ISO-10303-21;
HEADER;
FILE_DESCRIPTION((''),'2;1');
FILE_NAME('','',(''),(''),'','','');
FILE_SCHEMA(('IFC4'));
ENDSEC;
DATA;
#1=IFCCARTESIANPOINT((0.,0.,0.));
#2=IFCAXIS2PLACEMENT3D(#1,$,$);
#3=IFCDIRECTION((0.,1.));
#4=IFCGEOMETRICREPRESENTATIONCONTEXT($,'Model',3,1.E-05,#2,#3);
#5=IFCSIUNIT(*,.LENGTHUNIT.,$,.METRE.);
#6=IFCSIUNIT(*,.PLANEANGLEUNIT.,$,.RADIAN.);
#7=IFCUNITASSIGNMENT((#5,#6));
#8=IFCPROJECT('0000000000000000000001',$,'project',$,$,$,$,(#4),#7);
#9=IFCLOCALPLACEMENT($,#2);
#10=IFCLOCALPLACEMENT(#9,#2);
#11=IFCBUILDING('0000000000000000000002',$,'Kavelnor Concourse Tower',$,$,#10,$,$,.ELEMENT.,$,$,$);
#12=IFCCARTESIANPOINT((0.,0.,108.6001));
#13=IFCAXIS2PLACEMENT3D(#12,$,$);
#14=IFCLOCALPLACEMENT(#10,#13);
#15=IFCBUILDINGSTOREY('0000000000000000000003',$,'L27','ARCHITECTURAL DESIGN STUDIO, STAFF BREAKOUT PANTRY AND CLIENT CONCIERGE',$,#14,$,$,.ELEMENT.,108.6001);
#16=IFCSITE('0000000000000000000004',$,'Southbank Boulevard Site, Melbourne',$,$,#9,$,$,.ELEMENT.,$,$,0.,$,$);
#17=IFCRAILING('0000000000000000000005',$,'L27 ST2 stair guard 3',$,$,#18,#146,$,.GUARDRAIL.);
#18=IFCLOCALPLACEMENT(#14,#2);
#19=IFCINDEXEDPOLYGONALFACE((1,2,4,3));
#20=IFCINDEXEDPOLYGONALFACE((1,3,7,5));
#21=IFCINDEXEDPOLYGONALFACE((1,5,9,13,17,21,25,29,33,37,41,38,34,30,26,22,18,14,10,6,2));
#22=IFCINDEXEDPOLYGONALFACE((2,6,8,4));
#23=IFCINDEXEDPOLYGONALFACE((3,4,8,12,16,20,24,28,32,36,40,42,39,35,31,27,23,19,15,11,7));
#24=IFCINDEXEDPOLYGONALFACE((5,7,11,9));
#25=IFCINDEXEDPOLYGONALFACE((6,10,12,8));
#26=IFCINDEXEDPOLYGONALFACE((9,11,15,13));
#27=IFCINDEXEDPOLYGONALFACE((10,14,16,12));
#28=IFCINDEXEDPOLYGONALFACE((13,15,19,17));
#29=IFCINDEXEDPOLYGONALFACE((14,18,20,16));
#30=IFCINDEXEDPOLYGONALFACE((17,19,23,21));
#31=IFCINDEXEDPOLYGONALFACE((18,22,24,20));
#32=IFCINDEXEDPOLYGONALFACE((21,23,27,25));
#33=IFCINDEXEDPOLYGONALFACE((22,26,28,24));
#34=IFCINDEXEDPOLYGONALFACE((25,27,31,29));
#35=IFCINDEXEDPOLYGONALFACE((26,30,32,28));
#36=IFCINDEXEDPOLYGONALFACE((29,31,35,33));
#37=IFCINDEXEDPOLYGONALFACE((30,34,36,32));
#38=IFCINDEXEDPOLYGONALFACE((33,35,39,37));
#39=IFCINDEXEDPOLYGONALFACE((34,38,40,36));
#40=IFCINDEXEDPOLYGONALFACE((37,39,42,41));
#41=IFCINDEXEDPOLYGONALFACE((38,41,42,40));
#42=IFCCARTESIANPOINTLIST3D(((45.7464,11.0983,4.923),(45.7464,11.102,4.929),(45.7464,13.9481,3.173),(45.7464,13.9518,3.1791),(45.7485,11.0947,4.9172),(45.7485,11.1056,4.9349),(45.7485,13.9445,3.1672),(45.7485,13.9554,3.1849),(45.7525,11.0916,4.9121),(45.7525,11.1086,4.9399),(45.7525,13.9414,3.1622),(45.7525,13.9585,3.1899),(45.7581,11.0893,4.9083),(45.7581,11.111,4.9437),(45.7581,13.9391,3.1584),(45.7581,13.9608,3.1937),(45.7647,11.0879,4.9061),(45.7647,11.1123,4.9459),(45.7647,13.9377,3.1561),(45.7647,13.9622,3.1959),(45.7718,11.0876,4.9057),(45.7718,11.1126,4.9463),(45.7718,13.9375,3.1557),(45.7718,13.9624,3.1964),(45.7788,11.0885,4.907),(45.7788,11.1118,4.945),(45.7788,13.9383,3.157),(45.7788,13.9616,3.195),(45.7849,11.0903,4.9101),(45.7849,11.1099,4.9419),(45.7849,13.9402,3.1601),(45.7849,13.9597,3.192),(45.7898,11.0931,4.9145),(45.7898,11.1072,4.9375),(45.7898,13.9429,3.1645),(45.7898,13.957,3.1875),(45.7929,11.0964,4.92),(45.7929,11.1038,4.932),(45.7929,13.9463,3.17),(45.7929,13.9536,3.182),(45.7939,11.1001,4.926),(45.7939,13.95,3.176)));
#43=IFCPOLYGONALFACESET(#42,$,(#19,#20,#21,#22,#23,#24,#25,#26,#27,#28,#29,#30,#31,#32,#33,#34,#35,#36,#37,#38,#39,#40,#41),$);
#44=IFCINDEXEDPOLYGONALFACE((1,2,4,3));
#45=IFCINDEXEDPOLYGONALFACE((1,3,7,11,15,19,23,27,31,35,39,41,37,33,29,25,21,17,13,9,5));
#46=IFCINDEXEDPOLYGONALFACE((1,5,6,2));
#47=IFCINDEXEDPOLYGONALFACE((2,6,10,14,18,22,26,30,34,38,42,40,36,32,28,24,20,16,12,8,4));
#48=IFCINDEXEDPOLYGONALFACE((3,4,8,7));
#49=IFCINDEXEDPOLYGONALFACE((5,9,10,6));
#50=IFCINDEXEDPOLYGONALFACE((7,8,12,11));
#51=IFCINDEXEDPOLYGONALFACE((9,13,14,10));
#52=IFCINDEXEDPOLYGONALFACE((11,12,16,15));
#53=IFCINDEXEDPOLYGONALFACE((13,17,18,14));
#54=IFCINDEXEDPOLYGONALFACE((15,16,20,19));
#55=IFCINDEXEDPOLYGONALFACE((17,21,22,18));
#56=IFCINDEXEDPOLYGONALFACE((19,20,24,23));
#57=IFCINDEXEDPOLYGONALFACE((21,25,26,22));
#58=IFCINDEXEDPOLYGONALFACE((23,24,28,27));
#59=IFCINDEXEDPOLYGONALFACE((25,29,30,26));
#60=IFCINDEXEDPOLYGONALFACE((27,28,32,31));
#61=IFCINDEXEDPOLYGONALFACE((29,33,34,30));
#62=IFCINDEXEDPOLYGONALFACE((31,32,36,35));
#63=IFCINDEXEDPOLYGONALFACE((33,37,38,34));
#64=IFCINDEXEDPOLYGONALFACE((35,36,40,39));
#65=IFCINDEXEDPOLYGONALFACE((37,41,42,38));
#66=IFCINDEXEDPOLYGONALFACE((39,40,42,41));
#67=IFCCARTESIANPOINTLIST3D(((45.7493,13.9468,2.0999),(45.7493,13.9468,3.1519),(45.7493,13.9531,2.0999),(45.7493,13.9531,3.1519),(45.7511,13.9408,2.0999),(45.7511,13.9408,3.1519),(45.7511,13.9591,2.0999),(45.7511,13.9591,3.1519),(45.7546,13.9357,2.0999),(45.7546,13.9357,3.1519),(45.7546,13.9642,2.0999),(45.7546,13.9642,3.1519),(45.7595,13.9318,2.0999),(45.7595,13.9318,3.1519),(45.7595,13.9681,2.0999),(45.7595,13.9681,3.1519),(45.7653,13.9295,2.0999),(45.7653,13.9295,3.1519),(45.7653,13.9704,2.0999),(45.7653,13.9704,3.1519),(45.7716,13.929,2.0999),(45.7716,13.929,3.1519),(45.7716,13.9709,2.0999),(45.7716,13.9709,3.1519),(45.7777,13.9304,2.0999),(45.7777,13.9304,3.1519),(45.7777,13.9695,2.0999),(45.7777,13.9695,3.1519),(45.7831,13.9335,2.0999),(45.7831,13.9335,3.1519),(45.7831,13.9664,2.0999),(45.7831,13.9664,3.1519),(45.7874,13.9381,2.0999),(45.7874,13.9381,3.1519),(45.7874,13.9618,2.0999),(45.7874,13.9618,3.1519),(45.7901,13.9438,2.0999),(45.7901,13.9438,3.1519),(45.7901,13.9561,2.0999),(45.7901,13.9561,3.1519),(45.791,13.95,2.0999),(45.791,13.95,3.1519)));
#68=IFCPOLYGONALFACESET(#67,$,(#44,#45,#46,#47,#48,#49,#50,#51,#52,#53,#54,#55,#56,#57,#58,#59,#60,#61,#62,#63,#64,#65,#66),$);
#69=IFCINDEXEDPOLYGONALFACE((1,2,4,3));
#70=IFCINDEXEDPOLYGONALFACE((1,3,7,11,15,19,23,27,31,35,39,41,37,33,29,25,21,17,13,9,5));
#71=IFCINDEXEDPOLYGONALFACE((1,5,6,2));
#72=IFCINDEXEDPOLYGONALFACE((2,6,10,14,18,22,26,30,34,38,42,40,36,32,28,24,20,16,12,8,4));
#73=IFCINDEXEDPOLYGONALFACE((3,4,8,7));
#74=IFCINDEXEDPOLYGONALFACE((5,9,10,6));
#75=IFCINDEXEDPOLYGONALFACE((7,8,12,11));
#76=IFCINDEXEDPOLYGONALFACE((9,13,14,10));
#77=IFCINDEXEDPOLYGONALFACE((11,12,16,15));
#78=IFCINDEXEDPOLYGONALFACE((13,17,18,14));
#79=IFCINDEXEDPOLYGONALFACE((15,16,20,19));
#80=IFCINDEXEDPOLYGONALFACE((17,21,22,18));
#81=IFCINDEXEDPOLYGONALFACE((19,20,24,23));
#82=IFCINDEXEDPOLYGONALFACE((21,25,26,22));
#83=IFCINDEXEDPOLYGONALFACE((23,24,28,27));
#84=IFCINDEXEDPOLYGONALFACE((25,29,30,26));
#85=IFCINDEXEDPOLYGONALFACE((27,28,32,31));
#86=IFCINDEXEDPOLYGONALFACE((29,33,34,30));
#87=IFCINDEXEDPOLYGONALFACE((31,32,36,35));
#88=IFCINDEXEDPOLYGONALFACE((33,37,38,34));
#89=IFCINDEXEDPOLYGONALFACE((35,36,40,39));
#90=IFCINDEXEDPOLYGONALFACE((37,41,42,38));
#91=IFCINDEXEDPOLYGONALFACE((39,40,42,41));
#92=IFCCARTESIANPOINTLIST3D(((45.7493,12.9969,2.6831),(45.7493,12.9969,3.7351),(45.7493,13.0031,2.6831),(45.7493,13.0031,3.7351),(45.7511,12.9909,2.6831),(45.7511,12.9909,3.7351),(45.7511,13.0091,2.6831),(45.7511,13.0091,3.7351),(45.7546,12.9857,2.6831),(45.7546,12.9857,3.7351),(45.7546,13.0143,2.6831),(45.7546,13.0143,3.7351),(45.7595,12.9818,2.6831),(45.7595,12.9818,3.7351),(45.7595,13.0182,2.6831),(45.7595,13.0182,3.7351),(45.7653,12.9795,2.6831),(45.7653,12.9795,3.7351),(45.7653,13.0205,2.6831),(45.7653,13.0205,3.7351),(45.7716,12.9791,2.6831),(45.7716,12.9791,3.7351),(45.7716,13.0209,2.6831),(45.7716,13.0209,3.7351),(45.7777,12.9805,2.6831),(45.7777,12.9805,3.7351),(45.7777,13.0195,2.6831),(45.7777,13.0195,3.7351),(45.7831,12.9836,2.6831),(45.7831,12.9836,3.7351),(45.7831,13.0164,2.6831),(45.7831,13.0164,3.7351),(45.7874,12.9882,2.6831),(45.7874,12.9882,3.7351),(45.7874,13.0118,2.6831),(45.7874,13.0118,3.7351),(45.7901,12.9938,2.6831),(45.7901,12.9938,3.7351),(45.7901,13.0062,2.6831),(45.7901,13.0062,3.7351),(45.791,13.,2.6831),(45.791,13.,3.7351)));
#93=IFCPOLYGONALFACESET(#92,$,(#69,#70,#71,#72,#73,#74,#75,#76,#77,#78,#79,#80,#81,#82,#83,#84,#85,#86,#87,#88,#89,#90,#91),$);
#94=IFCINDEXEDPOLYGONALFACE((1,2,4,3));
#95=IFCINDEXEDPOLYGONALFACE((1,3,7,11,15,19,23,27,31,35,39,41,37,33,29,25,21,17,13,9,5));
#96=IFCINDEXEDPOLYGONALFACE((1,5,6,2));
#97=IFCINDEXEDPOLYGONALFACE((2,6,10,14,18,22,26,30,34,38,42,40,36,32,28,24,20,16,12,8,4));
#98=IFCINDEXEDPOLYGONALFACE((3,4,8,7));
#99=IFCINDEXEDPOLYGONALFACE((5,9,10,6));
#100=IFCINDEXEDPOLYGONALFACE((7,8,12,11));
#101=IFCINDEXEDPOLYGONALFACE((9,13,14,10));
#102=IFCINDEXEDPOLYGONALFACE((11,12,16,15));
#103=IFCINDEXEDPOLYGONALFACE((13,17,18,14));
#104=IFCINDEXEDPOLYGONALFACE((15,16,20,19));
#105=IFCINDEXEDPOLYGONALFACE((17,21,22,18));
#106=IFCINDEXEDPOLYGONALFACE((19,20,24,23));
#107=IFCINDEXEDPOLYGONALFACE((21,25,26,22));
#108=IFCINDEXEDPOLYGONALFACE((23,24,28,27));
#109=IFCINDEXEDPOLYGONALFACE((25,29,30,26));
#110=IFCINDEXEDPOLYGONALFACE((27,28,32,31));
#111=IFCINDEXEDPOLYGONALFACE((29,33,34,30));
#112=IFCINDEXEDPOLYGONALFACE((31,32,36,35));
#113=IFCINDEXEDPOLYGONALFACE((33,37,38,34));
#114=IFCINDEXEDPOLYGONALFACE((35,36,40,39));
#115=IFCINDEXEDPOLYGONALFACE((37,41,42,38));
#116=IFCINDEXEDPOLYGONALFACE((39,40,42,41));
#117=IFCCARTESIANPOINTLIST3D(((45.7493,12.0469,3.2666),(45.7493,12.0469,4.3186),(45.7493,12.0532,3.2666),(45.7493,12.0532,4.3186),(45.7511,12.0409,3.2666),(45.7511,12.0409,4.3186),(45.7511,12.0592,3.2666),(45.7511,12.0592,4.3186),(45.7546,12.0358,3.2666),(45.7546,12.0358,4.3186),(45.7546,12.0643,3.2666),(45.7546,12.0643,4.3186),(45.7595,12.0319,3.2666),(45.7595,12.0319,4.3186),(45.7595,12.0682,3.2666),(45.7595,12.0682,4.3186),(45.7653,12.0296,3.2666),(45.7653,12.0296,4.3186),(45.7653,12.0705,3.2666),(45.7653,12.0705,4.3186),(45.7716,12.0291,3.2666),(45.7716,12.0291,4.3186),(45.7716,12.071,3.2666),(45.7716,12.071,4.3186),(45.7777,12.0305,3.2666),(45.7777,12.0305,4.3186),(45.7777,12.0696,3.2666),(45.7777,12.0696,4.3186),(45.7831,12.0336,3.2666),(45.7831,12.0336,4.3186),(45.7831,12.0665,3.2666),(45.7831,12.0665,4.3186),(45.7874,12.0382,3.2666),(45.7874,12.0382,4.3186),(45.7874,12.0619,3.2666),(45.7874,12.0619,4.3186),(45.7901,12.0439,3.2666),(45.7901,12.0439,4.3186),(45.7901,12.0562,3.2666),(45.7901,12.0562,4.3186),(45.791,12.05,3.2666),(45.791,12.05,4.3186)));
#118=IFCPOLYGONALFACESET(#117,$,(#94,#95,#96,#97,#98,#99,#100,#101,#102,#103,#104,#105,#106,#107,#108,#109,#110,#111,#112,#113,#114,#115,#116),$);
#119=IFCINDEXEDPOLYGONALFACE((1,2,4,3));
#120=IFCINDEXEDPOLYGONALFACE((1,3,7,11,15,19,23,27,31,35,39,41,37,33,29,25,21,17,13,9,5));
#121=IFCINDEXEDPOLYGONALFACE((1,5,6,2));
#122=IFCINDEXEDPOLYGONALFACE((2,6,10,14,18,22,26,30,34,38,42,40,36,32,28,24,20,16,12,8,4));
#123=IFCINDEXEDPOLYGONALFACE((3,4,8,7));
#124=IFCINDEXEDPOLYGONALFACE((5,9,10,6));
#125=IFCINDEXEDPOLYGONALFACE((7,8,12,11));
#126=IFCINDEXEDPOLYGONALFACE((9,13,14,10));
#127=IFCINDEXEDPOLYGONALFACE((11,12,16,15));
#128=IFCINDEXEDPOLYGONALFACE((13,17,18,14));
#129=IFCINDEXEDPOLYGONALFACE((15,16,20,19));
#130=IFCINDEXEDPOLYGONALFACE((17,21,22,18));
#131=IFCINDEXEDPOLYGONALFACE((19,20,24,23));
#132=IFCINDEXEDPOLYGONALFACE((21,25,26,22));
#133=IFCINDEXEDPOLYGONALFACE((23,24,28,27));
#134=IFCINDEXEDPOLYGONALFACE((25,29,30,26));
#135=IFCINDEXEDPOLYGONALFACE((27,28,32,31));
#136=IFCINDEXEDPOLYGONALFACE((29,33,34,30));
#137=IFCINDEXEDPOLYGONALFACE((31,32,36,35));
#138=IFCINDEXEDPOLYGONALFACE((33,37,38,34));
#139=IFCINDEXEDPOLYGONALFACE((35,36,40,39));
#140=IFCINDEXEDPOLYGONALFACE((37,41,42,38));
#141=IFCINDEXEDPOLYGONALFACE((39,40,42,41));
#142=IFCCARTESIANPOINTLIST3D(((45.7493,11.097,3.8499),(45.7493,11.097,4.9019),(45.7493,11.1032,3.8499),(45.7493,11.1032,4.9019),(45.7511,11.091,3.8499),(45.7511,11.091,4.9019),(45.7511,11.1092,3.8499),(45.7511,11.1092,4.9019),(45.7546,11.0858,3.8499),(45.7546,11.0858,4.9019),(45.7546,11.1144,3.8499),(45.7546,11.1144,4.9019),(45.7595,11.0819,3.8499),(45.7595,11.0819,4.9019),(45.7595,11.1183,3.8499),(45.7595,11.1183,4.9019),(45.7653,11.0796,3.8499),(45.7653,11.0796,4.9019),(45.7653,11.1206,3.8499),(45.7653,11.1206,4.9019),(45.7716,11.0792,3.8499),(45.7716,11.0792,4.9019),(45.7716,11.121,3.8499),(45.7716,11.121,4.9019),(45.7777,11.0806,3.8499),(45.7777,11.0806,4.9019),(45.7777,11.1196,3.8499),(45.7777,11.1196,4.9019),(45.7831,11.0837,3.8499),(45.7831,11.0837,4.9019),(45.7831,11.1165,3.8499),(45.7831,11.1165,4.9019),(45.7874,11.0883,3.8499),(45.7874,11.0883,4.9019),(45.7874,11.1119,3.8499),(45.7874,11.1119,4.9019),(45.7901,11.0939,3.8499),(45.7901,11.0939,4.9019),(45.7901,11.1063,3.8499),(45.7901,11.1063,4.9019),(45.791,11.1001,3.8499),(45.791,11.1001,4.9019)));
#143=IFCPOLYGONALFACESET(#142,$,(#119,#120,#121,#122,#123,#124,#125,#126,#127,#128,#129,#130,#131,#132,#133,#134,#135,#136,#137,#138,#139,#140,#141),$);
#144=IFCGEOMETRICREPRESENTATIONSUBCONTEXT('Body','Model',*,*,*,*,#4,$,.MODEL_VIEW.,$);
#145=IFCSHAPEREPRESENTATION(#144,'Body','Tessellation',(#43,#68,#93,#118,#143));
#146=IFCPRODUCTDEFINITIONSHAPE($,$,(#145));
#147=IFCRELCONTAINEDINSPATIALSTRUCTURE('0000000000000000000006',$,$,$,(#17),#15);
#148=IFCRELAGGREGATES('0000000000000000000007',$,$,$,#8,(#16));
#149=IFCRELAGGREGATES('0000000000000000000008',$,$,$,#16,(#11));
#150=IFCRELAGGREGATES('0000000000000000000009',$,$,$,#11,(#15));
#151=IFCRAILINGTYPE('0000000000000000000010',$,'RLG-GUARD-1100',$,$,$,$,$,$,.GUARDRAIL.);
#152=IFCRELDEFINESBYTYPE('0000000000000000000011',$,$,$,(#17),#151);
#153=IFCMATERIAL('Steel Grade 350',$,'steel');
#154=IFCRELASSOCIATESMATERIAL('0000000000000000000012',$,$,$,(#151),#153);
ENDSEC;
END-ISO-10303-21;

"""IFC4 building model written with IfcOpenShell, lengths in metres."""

from ifc_helpers import new_model, si_unit, direction, frame, origin, origin_2d, place, context, subcontext, project, spatial, circle, extrude, material, type_object, element, save


model = new_model("IFC4")

# Units and contexts
model_context = context("Model", 3, precision=1e-05, world=origin(), true_north=direction((0.0, 1.0)))
body_context = subcontext(model_context, "Body", "Model", "MODEL_VIEW")
ifc_project = project(units=[si_unit("LENGTHUNIT", "METRE"), si_unit("PLANEANGLEUNIT", "RADIAN")], contexts=[model_context])

# Site, building, storey
site_placement = place(None, origin())
site = spatial("IfcSite", under=ifc_project, at=site_placement, Name="Southbank Boulevard Site, Melbourne", CompositionType="ELEMENT", RefElevation=0.0)
building_placement = place(site_placement, origin())
building = spatial("IfcBuilding", under=site, at=building_placement, Name="Kavelnor Concourse Tower", CompositionType="ELEMENT")
storey_placement = place(building_placement, frame((0.0, 0.0, 108.6001)))
storey = spatial("IfcBuildingStorey", under=building, at=storey_placement, Name="L27", Description="ARCHITECTURAL DESIGN STUDIO, STAFF BREAKOUT PANTRY AND CLIENT CONCIERGE", CompositionType="ELEMENT", Elevation=108.6001)

# Shared definitions
ifc_material_1 = material(Name="Steel Grade 350", Category="steel")

# Railing
railing_type_1 = type_object("IfcRailingType", Name="RLG-GUARD-1100", PredefinedType="GUARDRAIL", material=ifc_material_1)
railing_1_placement = place(storey_placement, frame((45.77, 13.95, 2.0999)))
element("IfcRailing", 1, at=railing_1_placement, inside=storey, type_object=railing_type_1, Name="L27 ST2 stair guard 3", PredefinedType="GUARDRAIL", context=body_context, shape_type="SweptSolid", body=[
    extrude(circle(Radius=0.0239, at=origin_2d()), frame((0.0, 0.0, 1.0762), z_axis=(0.0, -0.852159, 0.523283), x_axis=(1.0, 0.0, 0.0)), (0.0, 0.0, 1.0), 3.3442),
    extrude(circle(Radius=0.021, at=origin_2d()), origin(), (0.0, 0.0, 1.0), 1.052),
    extrude(circle(Radius=0.021, at=origin_2d()), frame((0.0, -0.95, 0.5833)), (0.0, 0.0, 1.0), 1.052),
    extrude(circle(Radius=0.021, at=origin_2d()), frame((0.0, -1.8999, 1.1667)), (0.0, 0.0, 1.0), 1.052),
    extrude(circle(Radius=0.021, at=origin_2d()), frame((0.0, -2.8499, 1.75)), (0.0, 0.0, 1.0), 1.052),
])

save(model, "model.ifc")
